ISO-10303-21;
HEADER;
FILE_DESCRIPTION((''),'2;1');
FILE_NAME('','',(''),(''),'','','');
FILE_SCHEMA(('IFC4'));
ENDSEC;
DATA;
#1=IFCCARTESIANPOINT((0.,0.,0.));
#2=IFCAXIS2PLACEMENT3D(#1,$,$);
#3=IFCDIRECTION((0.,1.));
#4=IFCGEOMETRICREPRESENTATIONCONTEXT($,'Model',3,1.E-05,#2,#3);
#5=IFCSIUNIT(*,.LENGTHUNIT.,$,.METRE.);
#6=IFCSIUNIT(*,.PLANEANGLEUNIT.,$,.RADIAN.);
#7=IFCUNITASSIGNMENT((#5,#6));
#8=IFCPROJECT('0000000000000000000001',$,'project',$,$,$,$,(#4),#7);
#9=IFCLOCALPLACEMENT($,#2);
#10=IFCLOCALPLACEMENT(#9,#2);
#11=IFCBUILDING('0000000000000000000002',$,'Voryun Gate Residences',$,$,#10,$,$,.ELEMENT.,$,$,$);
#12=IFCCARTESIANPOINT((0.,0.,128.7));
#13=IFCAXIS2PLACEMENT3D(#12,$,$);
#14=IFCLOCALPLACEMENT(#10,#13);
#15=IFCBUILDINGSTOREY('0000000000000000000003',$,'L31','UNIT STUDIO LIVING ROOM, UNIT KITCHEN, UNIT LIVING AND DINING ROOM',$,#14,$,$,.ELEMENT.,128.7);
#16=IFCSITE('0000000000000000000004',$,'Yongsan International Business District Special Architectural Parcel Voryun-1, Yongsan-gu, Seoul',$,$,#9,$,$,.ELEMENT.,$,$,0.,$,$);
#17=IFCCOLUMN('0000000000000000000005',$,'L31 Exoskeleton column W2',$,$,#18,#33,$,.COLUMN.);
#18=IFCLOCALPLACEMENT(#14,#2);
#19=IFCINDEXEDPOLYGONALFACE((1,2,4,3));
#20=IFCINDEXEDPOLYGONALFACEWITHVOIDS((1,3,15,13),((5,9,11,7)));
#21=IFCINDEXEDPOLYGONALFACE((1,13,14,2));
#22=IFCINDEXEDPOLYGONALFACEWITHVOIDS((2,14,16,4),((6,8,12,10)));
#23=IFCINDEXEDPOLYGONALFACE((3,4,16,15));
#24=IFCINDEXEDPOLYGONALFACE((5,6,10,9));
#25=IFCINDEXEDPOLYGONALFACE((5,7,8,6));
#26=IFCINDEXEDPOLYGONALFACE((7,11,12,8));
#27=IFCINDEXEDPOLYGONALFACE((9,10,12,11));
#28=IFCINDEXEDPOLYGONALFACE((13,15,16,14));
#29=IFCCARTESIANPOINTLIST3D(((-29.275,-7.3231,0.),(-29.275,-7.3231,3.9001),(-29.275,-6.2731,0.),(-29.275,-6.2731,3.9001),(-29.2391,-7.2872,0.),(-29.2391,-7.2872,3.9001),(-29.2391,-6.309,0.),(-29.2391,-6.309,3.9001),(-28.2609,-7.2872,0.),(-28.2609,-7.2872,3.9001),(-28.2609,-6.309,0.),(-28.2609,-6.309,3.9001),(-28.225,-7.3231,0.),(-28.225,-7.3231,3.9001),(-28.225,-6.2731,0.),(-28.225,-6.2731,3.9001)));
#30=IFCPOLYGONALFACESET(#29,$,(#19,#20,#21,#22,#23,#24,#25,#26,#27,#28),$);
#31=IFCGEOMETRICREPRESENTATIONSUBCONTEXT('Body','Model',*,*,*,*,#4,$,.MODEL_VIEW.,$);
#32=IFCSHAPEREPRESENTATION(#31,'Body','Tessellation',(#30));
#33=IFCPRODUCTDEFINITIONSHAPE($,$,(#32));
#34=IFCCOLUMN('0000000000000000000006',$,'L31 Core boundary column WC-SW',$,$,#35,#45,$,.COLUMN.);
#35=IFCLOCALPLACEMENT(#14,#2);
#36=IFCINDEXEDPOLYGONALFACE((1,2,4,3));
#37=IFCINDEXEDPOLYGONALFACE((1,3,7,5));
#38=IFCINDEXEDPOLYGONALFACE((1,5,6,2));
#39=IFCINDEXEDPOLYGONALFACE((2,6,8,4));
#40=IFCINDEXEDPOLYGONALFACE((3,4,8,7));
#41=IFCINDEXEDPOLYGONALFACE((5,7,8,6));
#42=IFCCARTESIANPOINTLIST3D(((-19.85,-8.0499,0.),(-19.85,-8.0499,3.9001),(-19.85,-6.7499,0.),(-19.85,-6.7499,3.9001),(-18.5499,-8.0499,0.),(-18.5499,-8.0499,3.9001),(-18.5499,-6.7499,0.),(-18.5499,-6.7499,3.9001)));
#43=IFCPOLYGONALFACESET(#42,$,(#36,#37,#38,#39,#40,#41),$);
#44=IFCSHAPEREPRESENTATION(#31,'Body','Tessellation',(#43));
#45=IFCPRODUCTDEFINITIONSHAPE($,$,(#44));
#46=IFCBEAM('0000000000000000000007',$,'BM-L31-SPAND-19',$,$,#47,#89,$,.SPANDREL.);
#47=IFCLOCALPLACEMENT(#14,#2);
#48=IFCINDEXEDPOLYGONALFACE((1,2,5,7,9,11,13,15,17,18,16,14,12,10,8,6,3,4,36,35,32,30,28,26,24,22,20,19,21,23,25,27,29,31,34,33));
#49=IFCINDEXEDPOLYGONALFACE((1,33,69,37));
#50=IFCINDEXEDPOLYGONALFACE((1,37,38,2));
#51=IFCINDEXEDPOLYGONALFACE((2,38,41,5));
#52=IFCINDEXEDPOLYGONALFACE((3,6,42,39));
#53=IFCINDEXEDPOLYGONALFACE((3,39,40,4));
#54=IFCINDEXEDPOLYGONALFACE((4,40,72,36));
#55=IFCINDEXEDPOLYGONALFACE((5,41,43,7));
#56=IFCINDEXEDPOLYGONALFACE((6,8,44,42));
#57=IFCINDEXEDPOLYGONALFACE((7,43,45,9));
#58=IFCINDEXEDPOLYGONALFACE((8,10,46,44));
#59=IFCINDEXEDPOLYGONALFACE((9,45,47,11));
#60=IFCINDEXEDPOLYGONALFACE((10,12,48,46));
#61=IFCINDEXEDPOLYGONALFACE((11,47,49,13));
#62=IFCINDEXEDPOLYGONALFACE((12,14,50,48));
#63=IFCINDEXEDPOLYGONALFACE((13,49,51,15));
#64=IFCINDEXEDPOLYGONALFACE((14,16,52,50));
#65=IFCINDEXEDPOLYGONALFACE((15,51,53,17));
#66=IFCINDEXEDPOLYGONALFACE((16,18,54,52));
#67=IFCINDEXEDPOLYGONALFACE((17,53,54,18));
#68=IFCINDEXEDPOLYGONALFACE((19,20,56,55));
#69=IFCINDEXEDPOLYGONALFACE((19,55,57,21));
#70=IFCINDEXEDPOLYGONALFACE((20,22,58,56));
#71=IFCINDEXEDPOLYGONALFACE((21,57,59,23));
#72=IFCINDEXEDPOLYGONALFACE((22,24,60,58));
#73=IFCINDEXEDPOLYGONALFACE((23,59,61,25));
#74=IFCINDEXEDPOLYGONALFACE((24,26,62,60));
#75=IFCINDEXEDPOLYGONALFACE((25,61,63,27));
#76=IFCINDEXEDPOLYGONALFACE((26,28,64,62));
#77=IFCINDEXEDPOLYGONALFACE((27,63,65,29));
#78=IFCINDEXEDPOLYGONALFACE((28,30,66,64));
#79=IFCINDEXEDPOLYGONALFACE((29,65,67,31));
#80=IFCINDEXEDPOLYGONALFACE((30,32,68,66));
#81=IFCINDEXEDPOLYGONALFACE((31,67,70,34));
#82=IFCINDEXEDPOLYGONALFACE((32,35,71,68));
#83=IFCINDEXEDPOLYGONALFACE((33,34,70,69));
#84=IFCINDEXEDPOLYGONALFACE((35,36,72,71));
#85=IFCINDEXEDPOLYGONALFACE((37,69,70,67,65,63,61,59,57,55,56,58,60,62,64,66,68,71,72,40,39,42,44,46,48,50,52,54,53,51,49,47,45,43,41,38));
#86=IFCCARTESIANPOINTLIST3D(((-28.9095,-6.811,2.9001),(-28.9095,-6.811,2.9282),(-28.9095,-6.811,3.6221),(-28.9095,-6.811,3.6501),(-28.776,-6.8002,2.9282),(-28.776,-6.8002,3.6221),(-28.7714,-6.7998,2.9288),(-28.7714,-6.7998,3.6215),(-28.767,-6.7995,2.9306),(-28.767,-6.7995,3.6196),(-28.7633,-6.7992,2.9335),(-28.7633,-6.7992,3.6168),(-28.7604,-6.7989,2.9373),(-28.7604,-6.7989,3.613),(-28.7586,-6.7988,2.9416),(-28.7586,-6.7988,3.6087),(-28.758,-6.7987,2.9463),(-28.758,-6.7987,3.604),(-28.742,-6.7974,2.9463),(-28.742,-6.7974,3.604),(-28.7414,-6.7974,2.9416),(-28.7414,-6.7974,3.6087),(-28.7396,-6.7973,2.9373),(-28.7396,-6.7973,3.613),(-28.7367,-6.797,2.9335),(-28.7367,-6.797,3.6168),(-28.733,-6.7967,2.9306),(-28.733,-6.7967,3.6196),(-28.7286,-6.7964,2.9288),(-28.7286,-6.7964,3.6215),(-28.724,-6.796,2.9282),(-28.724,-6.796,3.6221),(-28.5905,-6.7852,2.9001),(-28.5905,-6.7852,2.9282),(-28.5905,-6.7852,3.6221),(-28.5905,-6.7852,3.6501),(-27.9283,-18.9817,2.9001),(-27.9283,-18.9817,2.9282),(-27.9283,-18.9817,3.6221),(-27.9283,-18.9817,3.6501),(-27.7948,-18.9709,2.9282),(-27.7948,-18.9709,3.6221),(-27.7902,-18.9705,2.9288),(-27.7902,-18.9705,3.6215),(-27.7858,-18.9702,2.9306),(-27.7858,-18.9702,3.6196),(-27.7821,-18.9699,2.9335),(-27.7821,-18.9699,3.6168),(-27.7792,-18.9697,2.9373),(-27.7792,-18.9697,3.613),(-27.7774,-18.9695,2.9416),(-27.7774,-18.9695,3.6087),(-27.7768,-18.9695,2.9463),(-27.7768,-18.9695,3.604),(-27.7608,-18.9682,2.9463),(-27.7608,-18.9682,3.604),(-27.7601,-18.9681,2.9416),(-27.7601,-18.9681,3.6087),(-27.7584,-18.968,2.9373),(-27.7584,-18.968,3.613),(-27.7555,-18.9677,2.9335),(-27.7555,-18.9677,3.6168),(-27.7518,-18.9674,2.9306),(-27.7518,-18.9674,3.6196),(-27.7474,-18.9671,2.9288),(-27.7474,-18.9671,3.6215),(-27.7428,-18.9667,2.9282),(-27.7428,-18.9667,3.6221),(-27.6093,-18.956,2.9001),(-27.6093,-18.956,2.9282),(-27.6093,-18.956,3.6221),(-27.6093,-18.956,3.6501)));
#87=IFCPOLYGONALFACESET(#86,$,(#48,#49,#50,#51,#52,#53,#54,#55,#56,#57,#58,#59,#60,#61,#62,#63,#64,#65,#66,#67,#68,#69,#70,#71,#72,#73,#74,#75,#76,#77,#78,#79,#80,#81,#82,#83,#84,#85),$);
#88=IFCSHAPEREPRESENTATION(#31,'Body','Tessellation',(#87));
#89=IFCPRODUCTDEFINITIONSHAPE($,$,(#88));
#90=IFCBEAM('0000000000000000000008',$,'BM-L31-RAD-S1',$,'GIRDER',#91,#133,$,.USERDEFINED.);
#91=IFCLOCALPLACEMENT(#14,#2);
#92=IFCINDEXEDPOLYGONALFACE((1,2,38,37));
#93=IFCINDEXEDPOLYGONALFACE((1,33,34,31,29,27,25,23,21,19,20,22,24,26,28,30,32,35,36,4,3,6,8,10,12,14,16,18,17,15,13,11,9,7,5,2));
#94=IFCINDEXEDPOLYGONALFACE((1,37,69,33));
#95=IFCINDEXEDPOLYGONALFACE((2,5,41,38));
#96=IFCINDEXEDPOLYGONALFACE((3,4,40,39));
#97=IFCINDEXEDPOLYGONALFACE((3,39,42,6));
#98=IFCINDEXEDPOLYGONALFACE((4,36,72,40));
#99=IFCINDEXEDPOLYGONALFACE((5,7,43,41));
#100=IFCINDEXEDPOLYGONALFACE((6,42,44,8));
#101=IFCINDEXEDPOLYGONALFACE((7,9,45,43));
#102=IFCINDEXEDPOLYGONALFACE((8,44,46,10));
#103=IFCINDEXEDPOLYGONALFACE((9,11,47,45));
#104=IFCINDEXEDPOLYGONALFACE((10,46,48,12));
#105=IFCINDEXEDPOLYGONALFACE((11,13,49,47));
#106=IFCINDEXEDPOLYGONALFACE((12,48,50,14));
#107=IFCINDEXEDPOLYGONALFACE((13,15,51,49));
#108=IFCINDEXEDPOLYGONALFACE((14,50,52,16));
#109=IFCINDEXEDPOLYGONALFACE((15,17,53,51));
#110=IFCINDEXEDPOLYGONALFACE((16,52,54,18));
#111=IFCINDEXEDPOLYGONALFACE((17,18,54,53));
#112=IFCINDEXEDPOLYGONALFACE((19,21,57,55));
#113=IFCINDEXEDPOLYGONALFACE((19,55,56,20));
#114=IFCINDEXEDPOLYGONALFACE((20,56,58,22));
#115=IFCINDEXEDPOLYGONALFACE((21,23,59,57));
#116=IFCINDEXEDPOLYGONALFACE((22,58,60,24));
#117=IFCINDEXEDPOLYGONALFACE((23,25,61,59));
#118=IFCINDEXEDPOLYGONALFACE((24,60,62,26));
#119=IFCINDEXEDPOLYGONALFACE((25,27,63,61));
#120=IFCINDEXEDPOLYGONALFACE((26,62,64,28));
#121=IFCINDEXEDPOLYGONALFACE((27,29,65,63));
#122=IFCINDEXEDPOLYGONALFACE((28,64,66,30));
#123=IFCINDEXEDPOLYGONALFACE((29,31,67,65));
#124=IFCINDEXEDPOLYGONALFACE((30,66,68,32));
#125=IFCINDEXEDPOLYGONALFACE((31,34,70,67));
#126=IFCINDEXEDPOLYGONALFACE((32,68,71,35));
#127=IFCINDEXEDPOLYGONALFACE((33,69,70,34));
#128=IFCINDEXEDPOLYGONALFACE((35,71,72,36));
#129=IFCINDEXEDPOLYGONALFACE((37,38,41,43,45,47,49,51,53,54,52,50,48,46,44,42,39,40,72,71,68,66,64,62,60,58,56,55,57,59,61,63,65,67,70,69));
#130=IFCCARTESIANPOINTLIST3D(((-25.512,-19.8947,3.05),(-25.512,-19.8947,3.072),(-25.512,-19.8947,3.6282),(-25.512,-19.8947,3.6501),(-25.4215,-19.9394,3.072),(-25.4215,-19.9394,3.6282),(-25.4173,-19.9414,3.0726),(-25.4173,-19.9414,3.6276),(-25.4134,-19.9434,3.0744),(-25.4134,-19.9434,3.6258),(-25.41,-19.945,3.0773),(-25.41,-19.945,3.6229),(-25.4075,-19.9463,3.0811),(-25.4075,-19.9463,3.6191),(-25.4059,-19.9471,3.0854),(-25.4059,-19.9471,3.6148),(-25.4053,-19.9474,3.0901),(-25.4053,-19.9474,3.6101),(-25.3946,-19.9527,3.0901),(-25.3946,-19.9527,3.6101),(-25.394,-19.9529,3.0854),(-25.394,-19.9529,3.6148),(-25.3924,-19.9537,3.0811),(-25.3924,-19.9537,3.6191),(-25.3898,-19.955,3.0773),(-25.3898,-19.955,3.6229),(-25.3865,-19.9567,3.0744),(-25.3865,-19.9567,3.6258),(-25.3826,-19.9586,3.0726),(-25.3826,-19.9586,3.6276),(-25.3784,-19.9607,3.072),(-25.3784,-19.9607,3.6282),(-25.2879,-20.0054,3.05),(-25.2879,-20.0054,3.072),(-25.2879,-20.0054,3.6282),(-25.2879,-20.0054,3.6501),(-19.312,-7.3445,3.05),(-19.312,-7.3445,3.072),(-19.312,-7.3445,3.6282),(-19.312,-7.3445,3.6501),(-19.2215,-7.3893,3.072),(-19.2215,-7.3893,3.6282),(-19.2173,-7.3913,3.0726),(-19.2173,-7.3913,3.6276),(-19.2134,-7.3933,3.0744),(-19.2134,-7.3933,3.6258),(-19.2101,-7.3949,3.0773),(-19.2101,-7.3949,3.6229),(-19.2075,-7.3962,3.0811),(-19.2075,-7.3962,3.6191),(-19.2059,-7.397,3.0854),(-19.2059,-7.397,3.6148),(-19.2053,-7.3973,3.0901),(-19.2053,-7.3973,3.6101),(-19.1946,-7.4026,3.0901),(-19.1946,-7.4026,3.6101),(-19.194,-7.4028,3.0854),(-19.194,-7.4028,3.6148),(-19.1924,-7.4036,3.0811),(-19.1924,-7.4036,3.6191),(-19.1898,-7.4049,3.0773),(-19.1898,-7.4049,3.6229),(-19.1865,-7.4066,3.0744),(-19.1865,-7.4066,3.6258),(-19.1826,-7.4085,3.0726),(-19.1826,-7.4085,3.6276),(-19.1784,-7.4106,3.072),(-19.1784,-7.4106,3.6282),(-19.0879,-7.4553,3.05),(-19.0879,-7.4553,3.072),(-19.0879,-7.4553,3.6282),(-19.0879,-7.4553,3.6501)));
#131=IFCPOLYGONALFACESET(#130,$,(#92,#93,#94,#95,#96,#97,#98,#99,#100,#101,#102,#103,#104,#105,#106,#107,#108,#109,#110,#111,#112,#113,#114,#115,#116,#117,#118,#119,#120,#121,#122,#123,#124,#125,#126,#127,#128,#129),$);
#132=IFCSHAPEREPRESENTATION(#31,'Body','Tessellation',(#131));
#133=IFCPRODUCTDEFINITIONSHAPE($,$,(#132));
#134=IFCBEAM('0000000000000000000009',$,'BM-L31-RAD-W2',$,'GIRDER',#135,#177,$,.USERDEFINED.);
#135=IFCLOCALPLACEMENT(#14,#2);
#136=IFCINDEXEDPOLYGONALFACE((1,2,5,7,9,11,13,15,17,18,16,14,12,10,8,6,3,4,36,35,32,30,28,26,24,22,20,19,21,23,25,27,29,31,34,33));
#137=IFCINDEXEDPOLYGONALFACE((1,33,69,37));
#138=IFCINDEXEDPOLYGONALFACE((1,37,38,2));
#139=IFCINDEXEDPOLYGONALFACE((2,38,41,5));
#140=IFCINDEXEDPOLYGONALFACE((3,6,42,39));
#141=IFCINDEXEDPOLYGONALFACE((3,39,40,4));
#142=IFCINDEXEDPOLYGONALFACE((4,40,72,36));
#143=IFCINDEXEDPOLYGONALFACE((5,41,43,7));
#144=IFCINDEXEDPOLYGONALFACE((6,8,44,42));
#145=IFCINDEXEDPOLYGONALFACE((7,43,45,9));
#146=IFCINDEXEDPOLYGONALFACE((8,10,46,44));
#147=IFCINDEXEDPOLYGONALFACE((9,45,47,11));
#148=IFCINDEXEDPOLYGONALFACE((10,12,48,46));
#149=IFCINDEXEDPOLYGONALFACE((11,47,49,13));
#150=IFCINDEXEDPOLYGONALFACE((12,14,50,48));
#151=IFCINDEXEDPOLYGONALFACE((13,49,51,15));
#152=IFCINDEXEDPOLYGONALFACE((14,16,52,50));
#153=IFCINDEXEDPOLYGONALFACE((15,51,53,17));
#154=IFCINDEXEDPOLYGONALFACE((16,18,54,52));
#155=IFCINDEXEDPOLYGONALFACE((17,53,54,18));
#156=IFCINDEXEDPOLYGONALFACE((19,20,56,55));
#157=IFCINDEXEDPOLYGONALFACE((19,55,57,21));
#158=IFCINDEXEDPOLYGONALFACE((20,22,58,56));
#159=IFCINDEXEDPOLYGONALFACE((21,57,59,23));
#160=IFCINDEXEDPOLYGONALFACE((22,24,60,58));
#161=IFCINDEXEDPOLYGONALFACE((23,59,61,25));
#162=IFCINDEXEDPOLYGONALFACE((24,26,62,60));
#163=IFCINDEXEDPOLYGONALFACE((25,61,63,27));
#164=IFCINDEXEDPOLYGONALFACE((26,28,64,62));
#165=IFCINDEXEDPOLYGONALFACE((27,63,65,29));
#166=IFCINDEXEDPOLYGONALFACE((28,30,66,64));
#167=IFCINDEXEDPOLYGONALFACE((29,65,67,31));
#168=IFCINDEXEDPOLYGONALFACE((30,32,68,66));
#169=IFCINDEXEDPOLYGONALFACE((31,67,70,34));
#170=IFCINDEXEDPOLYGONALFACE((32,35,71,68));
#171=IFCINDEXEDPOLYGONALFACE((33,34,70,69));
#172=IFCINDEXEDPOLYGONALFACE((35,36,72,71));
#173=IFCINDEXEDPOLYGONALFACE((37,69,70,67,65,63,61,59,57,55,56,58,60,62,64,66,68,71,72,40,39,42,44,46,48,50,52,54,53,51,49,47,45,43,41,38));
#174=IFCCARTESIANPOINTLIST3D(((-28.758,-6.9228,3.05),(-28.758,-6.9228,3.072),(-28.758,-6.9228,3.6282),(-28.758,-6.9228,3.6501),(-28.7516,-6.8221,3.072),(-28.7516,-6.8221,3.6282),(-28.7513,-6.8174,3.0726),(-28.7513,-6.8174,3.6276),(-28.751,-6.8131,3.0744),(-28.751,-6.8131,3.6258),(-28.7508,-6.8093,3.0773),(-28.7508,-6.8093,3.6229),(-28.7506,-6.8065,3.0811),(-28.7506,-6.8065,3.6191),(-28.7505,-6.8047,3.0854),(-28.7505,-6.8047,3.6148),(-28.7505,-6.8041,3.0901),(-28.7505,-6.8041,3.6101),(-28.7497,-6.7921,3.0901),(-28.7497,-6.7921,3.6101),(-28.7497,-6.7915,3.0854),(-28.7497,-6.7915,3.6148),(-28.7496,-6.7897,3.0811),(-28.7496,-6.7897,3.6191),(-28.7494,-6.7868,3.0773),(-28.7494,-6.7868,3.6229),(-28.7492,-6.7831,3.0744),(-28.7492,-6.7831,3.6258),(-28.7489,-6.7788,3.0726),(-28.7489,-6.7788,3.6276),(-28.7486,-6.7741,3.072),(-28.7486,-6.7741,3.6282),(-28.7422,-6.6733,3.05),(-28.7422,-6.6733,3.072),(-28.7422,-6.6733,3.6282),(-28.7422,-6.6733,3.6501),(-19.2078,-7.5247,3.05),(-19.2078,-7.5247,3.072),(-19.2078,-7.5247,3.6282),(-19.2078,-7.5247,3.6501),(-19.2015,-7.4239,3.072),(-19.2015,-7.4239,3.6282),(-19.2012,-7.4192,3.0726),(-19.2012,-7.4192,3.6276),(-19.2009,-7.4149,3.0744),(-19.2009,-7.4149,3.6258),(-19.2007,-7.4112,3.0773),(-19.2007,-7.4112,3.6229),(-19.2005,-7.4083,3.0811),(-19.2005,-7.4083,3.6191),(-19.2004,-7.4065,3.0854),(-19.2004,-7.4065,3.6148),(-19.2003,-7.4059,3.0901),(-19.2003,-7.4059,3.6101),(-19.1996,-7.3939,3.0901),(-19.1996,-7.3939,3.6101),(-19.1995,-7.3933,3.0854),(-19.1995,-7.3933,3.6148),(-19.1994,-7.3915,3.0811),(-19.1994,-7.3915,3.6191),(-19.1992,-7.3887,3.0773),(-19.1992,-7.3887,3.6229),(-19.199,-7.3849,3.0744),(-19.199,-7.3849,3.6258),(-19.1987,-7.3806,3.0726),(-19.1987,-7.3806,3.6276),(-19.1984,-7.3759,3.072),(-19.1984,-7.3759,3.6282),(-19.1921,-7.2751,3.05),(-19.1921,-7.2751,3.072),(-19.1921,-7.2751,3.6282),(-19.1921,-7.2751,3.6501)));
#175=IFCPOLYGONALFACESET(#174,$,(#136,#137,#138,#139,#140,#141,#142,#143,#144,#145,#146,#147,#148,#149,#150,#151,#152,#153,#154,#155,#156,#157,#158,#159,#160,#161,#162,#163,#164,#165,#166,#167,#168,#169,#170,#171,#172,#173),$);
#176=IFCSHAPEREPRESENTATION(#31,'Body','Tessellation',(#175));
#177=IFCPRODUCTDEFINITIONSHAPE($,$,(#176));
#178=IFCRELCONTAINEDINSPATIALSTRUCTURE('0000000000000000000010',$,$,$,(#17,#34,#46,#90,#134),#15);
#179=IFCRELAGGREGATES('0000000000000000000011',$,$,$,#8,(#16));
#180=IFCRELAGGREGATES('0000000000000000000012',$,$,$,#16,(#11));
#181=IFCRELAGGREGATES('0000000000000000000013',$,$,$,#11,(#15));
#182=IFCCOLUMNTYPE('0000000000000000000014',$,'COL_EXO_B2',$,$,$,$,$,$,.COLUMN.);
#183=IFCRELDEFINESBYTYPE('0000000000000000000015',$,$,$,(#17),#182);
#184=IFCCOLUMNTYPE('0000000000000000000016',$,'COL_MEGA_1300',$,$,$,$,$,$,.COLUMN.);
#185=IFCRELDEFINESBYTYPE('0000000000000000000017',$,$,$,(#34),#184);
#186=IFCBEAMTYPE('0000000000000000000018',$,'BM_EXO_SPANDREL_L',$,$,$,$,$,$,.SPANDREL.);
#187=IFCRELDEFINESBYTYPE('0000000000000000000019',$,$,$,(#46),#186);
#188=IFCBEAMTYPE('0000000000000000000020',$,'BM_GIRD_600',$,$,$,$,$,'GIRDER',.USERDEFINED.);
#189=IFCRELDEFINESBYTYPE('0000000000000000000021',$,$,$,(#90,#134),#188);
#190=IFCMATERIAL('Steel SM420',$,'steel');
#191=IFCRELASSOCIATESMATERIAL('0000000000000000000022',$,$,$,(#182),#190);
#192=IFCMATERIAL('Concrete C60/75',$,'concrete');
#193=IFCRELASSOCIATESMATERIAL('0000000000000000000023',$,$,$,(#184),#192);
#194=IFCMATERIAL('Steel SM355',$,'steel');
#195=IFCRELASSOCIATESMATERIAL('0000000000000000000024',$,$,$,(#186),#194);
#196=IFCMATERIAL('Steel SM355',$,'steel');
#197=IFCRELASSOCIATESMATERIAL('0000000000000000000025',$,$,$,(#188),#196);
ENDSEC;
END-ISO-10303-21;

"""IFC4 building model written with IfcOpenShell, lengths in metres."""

from ifc_helpers import new_model, si_unit, direction, frame, origin, origin_2d, place, context, subcontext, project, spatial, rectangle, hollow_rectangle, i_section, extrude, material, material_profile, profile_set, type_object, element, save


model = new_model("IFC4")

# Units and contexts
model_context = context("Model", 3, precision=1e-05, world=origin(), true_north=direction((0.0, 1.0)))
body_context = subcontext(model_context, "Body", "Model", "MODEL_VIEW")
ifc_project = project(units=[si_unit("LENGTHUNIT", "METRE"), si_unit("PLANEANGLEUNIT", "RADIAN")], contexts=[model_context])

# Site, building, storey
site_placement = place(None, origin())
site = spatial("IfcSite", under=ifc_project, at=site_placement, Name="Yongsan International Business District Special Architectural Parcel Voryun-1, Yongsan-gu, Seoul", CompositionType="ELEMENT", RefElevation=0.0)
building_placement = place(site_placement, origin())
building = spatial("IfcBuilding", under=site, at=building_placement, Name="Voryun Gate Residences", CompositionType="ELEMENT")
storey_placement = place(building_placement, frame((0.0, 0.0, 128.7)))
storey = spatial("IfcBuildingStorey", under=building, at=storey_placement, Name="L31", Description="UNIT STUDIO LIVING ROOM, UNIT KITCHEN, UNIT LIVING AND DINING ROOM", CompositionType="ELEMENT", Elevation=128.7)

# Columns
ifc_material_1 = material(Name="Steel SM420", Category="steel")
ifc_material_profile_1 = material_profile(ifc_material_1, hollow_rectangle(XDim=1.05, YDim=1.05, WallThickness=0.0359, at=origin_2d()), Name="BOX-1050x1050x36")
ifc_profile_set_1 = profile_set([ifc_material_profile_1], Name="Steel SM420")
column_type_1 = type_object("IfcColumnType", Name="COL_EXO_B2", PredefinedType="COLUMN", material=ifc_profile_set_1)
column_1_placement = place(storey_placement, frame((-28.75, -6.7981, 0.0), z_axis=(0.0, 0.0, 1.0), x_axis=(1.0, 0.0, 0.0)))
element("IfcColumn", 1, at=column_1_placement, inside=storey, type_object=column_type_1, Name="L31 Exoskeleton column W2", PredefinedType="COLUMN", context=body_context, shape_type="SweptSolid", body=[
    extrude(hollow_rectangle(XDim=1.05, YDim=1.05, WallThickness=0.0359, at=origin_2d()), origin(), (0.0, 0.0, 1.0), 3.9001),
])
ifc_material_2 = material(Name="Concrete C60/75", Category="concrete")
ifc_material_profile_2 = material_profile(ifc_material_2, rectangle(XDim=1.3, YDim=1.3, at=origin_2d()), Name="RC-1300x1300")
ifc_profile_set_2 = profile_set([ifc_material_profile_2], Name="Concrete C60/75")
column_type_2 = type_object("IfcColumnType", Name="COL_MEGA_1300", PredefinedType="COLUMN", material=ifc_profile_set_2)
column_2_placement = place(storey_placement, frame((-19.2, -7.3999, 0.0), z_axis=(0.0, 0.0, 1.0), x_axis=(1.0, 0.0, 0.0)))
element("IfcColumn", 2, at=column_2_placement, inside=storey, type_object=column_type_2, Name="L31 Core boundary column WC-SW", PredefinedType="COLUMN", context=body_context, shape_type="SweptSolid", body=[
    extrude(rectangle(XDim=1.3, YDim=1.3, at=origin_2d()), origin(), (0.0, 0.0, 1.0), 3.9001),
])

# Beams
ifc_material_3 = material(Name="Steel SM355", Category="steel")
ifc_material_profile_3 = material_profile(ifc_material_3, i_section(OverallWidth=0.3201, OverallDepth=0.75, WebThickness=0.0161, FlangeThickness=0.0281, FilletRadius=0.0181, at=origin_2d()), Name="H-750x320x16x28")
ifc_profile_set_3 = profile_set([ifc_material_profile_3], Name="Steel SM355")
beam_type_1 = type_object("IfcBeamType", Name="BM_EXO_SPANDREL_L", PredefinedType="SPANDREL", material=ifc_profile_set_3)
beam_1_placement = place(storey_placement, frame((-28.75, -6.7981, 3.2751), z_axis=(0.08036, -0.996766, 0.0), x_axis=(0.996766, 0.08036, 0.0)))
element("IfcBeam", 3, at=beam_1_placement, inside=storey, type_object=beam_type_1, Name="BM-L31-SPAND-19", PredefinedType="SPANDREL", context=body_context, shape_type="SweptSolid", body=[
    extrude(i_section(OverallWidth=0.3201, OverallDepth=0.75, WebThickness=0.0161, FlangeThickness=0.0281, FilletRadius=0.0181, at=origin_2d()), origin(), (0.0, 0.0, 1.0), 12.2102),
])
ifc_material_4 = material(Name="Steel SM355", Category="steel")
ifc_material_profile_4 = material_profile(ifc_material_4, i_section(OverallWidth=0.25, OverallDepth=0.6001, WebThickness=0.012, FlangeThickness=0.022, FilletRadius=0.0181, at=origin_2d()), Name="H-600x250x12x22")
ifc_profile_set_4 = profile_set([ifc_material_profile_4], Name="Steel SM355")
beam_type_2 = type_object("IfcBeamType", Name="BM_GIRD_600", ElementType="GIRDER", PredefinedType="USERDEFINED", material=ifc_profile_set_4)
beam_2_placement = place(storey_placement, frame((-19.2, -7.3999, 3.3501), z_axis=(-0.442918, -0.896562, 0.0), x_axis=(0.896562, -0.442918, 0.0)))
element("IfcBeam", 4, at=beam_2_placement, inside=storey, type_object=beam_type_2, Name="BM-L31-RAD-S1", ObjectType="GIRDER", PredefinedType="USERDEFINED", context=body_context, shape_type="SweptSolid", body=[
    extrude(i_section(OverallWidth=0.25, OverallDepth=0.6001, WebThickness=0.012, FlangeThickness=0.022, FilletRadius=0.0181, at=origin_2d()), origin(), (0.0, 0.0, 1.0), 13.998),
])
beam_3_placement = place(storey_placement, frame((-19.2, -7.3999, 3.3501), z_axis=(-0.99802, 0.062891, 0.0), x_axis=(-0.062891, -0.99802, 0.0)))
element("IfcBeam", 5, at=beam_3_placement, inside=storey, type_object=beam_type_2, Name="BM-L31-RAD-W2", ObjectType="GIRDER", PredefinedType="USERDEFINED", context=body_context, shape_type="SweptSolid", body=[
    extrude(i_section(OverallWidth=0.25, OverallDepth=0.6001, WebThickness=0.012, FlangeThickness=0.022, FilletRadius=0.0181, at=origin_2d()), origin(), (0.0, 0.0, 1.0), 9.5691),
])

save(model, "model.ifc")
